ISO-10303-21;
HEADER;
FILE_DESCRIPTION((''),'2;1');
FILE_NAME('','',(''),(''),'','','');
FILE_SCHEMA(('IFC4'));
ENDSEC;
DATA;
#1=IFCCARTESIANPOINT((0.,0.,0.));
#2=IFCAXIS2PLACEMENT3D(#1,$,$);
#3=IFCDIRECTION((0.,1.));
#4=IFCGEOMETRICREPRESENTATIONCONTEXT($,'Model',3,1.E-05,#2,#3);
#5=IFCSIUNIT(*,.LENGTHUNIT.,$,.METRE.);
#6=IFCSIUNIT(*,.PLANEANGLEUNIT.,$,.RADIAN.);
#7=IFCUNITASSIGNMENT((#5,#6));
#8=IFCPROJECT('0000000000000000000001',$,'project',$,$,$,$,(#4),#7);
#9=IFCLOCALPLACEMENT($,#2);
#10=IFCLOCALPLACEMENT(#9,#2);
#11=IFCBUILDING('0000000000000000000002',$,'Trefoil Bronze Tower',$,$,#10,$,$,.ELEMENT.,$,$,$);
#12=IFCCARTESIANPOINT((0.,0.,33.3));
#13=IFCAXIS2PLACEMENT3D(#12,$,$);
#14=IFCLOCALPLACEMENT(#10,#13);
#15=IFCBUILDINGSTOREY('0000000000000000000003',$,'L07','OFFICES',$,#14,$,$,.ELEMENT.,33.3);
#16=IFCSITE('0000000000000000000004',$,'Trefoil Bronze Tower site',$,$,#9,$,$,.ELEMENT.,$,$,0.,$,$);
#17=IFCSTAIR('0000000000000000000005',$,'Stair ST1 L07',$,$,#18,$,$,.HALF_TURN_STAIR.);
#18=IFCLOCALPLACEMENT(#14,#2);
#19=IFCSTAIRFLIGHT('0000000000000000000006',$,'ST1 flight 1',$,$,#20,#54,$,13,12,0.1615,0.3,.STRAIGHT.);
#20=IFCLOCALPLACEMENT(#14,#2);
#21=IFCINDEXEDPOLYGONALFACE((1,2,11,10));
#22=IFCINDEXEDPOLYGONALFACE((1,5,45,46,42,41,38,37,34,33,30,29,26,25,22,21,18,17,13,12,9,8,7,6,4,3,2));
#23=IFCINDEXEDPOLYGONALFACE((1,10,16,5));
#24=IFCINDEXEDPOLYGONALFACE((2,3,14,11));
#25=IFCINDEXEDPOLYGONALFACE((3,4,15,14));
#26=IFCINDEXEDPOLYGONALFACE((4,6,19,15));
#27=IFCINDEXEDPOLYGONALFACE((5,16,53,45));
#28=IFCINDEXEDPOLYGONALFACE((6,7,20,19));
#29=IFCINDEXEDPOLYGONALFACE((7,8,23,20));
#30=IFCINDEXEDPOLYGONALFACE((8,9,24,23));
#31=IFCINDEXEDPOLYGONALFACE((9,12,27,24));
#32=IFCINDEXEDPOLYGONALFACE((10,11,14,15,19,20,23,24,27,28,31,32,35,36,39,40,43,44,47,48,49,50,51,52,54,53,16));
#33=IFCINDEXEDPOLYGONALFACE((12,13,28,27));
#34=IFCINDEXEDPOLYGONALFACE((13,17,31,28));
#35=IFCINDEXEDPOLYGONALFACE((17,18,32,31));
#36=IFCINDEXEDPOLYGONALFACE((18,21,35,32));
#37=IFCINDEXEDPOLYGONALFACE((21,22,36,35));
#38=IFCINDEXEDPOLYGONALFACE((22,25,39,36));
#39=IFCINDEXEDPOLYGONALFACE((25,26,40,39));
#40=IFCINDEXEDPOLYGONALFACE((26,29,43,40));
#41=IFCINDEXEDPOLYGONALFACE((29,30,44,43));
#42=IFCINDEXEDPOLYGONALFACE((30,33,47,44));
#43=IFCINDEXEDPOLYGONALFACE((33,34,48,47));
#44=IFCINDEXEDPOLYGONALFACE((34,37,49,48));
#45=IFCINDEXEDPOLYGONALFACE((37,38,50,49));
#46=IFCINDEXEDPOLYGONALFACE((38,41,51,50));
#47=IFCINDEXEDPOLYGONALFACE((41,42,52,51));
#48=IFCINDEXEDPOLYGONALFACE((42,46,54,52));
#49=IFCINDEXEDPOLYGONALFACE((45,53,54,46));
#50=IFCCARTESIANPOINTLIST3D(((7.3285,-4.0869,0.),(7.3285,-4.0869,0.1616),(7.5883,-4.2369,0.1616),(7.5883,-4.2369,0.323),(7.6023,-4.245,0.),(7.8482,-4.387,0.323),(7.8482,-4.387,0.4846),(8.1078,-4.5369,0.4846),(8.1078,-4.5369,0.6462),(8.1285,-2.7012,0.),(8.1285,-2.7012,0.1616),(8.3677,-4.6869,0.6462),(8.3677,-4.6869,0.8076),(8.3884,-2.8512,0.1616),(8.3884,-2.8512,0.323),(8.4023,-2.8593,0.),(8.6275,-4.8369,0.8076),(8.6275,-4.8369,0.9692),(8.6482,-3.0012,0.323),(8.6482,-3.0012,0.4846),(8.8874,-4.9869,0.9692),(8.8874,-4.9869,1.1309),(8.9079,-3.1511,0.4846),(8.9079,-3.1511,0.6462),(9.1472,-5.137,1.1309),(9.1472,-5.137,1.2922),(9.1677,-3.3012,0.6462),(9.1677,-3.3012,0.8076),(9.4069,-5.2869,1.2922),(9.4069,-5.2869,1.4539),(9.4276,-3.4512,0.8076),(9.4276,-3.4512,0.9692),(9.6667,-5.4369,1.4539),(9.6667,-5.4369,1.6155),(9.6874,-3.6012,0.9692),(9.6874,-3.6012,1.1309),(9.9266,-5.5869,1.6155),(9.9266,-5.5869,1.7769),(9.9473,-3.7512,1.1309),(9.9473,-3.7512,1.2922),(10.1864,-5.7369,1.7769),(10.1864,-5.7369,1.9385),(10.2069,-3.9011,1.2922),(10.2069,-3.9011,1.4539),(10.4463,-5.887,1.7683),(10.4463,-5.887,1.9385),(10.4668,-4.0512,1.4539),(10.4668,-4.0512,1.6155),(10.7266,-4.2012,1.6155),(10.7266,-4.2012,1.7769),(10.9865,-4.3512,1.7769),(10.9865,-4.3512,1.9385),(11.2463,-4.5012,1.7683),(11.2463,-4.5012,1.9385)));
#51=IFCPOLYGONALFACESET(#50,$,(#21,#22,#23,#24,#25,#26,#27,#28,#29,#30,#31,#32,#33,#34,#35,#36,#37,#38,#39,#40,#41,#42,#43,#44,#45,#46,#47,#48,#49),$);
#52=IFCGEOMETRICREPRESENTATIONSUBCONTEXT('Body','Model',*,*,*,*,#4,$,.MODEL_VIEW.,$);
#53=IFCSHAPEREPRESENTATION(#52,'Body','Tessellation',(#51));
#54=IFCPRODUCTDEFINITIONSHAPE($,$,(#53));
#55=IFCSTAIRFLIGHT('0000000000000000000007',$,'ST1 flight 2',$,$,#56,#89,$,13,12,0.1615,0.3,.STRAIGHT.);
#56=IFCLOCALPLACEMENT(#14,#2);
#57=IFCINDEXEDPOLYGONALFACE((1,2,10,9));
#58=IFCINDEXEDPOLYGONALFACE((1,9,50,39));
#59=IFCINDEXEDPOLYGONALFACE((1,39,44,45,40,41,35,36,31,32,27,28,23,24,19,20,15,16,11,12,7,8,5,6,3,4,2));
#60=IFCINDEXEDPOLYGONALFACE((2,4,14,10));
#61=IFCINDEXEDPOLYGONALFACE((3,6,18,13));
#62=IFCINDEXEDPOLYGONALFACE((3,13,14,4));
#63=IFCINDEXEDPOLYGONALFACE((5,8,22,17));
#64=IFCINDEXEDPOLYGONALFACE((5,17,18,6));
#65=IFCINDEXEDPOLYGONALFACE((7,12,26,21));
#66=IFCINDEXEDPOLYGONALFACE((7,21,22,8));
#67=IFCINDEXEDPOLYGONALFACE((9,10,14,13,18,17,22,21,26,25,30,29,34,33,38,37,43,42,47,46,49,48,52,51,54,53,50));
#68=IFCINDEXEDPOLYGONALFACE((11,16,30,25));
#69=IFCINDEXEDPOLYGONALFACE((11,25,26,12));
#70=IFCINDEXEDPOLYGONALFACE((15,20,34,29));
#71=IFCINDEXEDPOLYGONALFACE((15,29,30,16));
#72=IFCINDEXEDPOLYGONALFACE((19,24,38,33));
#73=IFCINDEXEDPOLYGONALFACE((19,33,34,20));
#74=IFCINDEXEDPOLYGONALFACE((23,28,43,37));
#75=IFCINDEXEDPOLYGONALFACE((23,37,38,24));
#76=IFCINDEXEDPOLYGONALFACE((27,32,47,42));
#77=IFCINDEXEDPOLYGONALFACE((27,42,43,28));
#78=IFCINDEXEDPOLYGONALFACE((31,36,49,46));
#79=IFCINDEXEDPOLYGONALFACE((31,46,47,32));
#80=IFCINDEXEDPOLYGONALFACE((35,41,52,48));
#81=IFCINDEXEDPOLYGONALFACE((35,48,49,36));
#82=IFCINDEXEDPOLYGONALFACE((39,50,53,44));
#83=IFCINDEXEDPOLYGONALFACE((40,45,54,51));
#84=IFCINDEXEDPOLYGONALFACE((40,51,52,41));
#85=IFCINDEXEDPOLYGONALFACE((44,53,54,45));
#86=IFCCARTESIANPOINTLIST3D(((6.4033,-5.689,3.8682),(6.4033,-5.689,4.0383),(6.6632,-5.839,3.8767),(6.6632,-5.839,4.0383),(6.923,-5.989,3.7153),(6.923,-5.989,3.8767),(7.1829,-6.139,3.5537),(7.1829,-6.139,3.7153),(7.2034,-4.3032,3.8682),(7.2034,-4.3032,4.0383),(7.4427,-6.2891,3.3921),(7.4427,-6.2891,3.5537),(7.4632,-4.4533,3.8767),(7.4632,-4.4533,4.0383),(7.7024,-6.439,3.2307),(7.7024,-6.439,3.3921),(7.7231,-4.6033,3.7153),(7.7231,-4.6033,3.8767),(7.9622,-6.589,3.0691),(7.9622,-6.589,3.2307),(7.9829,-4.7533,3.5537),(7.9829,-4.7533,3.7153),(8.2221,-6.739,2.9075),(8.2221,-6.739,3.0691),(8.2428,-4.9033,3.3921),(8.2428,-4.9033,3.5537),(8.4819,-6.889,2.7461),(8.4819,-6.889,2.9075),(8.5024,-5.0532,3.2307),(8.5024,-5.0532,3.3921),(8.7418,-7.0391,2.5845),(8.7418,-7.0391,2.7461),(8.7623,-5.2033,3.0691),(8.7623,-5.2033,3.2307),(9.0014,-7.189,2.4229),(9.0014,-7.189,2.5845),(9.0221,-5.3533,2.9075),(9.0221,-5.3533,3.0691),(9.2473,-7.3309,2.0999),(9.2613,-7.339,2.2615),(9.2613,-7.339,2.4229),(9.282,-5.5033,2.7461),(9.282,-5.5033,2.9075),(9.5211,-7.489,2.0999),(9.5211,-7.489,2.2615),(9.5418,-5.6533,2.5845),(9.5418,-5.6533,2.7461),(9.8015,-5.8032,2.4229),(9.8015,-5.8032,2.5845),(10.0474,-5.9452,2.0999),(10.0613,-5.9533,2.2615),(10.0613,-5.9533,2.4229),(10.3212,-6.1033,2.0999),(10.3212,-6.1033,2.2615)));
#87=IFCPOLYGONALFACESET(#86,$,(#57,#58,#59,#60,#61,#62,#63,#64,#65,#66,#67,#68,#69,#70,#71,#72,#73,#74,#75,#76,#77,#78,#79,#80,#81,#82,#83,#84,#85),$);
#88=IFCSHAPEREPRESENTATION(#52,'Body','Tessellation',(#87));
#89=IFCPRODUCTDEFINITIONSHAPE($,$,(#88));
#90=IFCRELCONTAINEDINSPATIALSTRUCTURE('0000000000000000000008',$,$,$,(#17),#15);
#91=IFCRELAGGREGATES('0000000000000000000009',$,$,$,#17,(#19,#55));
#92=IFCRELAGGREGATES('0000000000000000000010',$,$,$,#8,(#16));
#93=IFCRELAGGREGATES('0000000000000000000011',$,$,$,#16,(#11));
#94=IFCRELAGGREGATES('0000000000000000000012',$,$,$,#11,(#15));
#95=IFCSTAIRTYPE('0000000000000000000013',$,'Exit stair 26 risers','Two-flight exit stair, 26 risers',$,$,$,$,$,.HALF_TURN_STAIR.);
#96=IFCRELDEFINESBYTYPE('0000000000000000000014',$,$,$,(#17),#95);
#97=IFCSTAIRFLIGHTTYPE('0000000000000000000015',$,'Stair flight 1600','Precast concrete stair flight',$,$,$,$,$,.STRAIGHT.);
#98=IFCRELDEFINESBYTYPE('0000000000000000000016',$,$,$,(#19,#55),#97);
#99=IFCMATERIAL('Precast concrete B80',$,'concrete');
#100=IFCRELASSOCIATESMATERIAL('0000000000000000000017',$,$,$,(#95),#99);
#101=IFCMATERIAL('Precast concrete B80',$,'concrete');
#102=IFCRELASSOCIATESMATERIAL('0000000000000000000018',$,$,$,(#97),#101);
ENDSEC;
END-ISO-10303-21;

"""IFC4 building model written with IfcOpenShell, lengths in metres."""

from ifc_helpers import new_model, si_unit, direction, frame, origin, place, context, subcontext, project, spatial, polyline, outline, extrude, material, type_object, element, aggregate, save


model = new_model("IFC4")

# Units and contexts
model_context = context("Model", 3, precision=1e-05, world=origin(), true_north=direction((0.0, 1.0)))
body_context = subcontext(model_context, "Body", "Model", "MODEL_VIEW")
ifc_project = project(units=[si_unit("LENGTHUNIT", "METRE"), si_unit("PLANEANGLEUNIT", "RADIAN")], contexts=[model_context])

# Site, building, storey
site_placement = place(None, origin())
site = spatial("IfcSite", under=ifc_project, at=site_placement, Name="Trefoil Bronze Tower site", CompositionType="ELEMENT", RefElevation=0.0)
building_placement = place(site_placement, origin())
building = spatial("IfcBuilding", under=site, at=building_placement, Name="Trefoil Bronze Tower", CompositionType="ELEMENT")
storey_placement = place(building_placement, frame((0.0, 0.0, 33.3)))
storey = spatial("IfcBuildingStorey", under=building, at=storey_placement, Name="L07", Description="OFFICES", CompositionType="ELEMENT", Elevation=33.3)

# Stair, stair flights
ifc_material_1 = material(Name="Precast concrete B80", Category="concrete")
stair_type = type_object("IfcStairType", Name="Exit stair 26 risers", Description="Two-flight exit stair, 26 risers", PredefinedType="HALF_TURN_STAIR", material=ifc_material_1)
stair_placement = place(storey_placement, origin())
stair = element("IfcStair", 1, at=stair_placement, inside=storey, type_object=stair_type, Name="Stair ST1 L07", PredefinedType="HALF_TURN_STAIR")
ifc_material_2 = material(Name="Precast concrete B80", Category="concrete")
stair_flight_type = type_object("IfcStairFlightType", Name="Stair flight 1600", Description="Precast concrete stair flight", PredefinedType="STRAIGHT", material=ifc_material_2)
stair_flight_1_placement = place(storey_placement, frame((7.7285, -3.394, 0.0), z_axis=(0.0, 0.0, 1.0), x_axis=(0.866025, -0.5, 0.0)))
stair_flight_1 = element("IfcStairFlight", 2, at=stair_flight_1_placement, type_object=stair_flight_type, Name="ST1 flight 1", NumberOfRisers=13, NumberOfTreads=12, PredefinedType="STRAIGHT", RiserHeight=0.1615, TreadLength=0.3, context=body_context, shape_type="SweptSolid", body=[
    extrude(outline(polyline([(0.0, 0.0), (0.0, 0.1616), (0.3, 0.1616), (0.3, 0.323), (0.6001, 0.323), (0.6001, 0.4846), (0.8999, 0.4846), (0.8999, 0.6462), (1.2, 0.6462), (1.2, 0.8076), (1.5, 0.8076), (1.5, 0.9692), (1.8, 0.9692), (1.8, 1.1309), (2.1001, 1.1309), (2.1001, 1.2922), (2.3999, 1.2922), (2.3999, 1.4539), (2.7, 1.4539), (2.7, 1.6155), (3.0, 1.6155), (3.0, 1.7769), (3.3, 1.7769), (3.3, 1.9385), (3.6001, 1.9385), (3.6001, 2.1001), (3.6001, 1.7683), (0.3162, 0.0), (0.0, 0.0)])), frame((0.0, 0.8, 0.0), z_axis=(0.0, -1.0, 0.0), x_axis=(1.0, 0.0, 0.0)), (0.0, 0.0, 1.0), 1.6001),
])
stair_flight_2_placement = place(storey_placement, frame((9.9211, -6.7961, 2.0999), z_axis=(0.0, 0.0, 1.0), x_axis=(-0.866025, 0.5, 0.0)))
stair_flight_2 = element("IfcStairFlight", 3, at=stair_flight_2_placement, type_object=stair_flight_type, Name="ST1 flight 2", NumberOfRisers=13, NumberOfTreads=12, PredefinedType="STRAIGHT", RiserHeight=0.1615, TreadLength=0.3, context=body_context, shape_type="SweptSolid", body=[
    extrude(outline(polyline([(0.0, 0.0), (0.0, 0.1616), (0.3, 0.1616), (0.3, 0.323), (0.6001, 0.323), (0.6001, 0.4846), (0.8999, 0.4846), (0.8999, 0.6462), (1.2, 0.6462), (1.2, 0.8076), (1.5, 0.8076), (1.5, 0.9692), (1.8, 0.9692), (1.8, 1.1309), (2.1001, 1.1309), (2.1001, 1.2922), (2.3999, 1.2922), (2.3999, 1.4539), (2.7, 1.4539), (2.7, 1.6155), (3.0, 1.6155), (3.0, 1.7769), (3.3, 1.7769), (3.3, 1.9385), (3.6001, 1.9385), (3.6001, 2.1001), (3.6001, 1.7683), (0.3162, 0.0), (0.0, 0.0)])), frame((0.0, 0.8, 0.0), z_axis=(0.0, -1.0, 0.0), x_axis=(1.0, 0.0, 0.0)), (0.0, 0.0, 1.0), 1.6001),
])
aggregate(stair, [stair_flight_1, stair_flight_2])

save(model, "model.ifc")
